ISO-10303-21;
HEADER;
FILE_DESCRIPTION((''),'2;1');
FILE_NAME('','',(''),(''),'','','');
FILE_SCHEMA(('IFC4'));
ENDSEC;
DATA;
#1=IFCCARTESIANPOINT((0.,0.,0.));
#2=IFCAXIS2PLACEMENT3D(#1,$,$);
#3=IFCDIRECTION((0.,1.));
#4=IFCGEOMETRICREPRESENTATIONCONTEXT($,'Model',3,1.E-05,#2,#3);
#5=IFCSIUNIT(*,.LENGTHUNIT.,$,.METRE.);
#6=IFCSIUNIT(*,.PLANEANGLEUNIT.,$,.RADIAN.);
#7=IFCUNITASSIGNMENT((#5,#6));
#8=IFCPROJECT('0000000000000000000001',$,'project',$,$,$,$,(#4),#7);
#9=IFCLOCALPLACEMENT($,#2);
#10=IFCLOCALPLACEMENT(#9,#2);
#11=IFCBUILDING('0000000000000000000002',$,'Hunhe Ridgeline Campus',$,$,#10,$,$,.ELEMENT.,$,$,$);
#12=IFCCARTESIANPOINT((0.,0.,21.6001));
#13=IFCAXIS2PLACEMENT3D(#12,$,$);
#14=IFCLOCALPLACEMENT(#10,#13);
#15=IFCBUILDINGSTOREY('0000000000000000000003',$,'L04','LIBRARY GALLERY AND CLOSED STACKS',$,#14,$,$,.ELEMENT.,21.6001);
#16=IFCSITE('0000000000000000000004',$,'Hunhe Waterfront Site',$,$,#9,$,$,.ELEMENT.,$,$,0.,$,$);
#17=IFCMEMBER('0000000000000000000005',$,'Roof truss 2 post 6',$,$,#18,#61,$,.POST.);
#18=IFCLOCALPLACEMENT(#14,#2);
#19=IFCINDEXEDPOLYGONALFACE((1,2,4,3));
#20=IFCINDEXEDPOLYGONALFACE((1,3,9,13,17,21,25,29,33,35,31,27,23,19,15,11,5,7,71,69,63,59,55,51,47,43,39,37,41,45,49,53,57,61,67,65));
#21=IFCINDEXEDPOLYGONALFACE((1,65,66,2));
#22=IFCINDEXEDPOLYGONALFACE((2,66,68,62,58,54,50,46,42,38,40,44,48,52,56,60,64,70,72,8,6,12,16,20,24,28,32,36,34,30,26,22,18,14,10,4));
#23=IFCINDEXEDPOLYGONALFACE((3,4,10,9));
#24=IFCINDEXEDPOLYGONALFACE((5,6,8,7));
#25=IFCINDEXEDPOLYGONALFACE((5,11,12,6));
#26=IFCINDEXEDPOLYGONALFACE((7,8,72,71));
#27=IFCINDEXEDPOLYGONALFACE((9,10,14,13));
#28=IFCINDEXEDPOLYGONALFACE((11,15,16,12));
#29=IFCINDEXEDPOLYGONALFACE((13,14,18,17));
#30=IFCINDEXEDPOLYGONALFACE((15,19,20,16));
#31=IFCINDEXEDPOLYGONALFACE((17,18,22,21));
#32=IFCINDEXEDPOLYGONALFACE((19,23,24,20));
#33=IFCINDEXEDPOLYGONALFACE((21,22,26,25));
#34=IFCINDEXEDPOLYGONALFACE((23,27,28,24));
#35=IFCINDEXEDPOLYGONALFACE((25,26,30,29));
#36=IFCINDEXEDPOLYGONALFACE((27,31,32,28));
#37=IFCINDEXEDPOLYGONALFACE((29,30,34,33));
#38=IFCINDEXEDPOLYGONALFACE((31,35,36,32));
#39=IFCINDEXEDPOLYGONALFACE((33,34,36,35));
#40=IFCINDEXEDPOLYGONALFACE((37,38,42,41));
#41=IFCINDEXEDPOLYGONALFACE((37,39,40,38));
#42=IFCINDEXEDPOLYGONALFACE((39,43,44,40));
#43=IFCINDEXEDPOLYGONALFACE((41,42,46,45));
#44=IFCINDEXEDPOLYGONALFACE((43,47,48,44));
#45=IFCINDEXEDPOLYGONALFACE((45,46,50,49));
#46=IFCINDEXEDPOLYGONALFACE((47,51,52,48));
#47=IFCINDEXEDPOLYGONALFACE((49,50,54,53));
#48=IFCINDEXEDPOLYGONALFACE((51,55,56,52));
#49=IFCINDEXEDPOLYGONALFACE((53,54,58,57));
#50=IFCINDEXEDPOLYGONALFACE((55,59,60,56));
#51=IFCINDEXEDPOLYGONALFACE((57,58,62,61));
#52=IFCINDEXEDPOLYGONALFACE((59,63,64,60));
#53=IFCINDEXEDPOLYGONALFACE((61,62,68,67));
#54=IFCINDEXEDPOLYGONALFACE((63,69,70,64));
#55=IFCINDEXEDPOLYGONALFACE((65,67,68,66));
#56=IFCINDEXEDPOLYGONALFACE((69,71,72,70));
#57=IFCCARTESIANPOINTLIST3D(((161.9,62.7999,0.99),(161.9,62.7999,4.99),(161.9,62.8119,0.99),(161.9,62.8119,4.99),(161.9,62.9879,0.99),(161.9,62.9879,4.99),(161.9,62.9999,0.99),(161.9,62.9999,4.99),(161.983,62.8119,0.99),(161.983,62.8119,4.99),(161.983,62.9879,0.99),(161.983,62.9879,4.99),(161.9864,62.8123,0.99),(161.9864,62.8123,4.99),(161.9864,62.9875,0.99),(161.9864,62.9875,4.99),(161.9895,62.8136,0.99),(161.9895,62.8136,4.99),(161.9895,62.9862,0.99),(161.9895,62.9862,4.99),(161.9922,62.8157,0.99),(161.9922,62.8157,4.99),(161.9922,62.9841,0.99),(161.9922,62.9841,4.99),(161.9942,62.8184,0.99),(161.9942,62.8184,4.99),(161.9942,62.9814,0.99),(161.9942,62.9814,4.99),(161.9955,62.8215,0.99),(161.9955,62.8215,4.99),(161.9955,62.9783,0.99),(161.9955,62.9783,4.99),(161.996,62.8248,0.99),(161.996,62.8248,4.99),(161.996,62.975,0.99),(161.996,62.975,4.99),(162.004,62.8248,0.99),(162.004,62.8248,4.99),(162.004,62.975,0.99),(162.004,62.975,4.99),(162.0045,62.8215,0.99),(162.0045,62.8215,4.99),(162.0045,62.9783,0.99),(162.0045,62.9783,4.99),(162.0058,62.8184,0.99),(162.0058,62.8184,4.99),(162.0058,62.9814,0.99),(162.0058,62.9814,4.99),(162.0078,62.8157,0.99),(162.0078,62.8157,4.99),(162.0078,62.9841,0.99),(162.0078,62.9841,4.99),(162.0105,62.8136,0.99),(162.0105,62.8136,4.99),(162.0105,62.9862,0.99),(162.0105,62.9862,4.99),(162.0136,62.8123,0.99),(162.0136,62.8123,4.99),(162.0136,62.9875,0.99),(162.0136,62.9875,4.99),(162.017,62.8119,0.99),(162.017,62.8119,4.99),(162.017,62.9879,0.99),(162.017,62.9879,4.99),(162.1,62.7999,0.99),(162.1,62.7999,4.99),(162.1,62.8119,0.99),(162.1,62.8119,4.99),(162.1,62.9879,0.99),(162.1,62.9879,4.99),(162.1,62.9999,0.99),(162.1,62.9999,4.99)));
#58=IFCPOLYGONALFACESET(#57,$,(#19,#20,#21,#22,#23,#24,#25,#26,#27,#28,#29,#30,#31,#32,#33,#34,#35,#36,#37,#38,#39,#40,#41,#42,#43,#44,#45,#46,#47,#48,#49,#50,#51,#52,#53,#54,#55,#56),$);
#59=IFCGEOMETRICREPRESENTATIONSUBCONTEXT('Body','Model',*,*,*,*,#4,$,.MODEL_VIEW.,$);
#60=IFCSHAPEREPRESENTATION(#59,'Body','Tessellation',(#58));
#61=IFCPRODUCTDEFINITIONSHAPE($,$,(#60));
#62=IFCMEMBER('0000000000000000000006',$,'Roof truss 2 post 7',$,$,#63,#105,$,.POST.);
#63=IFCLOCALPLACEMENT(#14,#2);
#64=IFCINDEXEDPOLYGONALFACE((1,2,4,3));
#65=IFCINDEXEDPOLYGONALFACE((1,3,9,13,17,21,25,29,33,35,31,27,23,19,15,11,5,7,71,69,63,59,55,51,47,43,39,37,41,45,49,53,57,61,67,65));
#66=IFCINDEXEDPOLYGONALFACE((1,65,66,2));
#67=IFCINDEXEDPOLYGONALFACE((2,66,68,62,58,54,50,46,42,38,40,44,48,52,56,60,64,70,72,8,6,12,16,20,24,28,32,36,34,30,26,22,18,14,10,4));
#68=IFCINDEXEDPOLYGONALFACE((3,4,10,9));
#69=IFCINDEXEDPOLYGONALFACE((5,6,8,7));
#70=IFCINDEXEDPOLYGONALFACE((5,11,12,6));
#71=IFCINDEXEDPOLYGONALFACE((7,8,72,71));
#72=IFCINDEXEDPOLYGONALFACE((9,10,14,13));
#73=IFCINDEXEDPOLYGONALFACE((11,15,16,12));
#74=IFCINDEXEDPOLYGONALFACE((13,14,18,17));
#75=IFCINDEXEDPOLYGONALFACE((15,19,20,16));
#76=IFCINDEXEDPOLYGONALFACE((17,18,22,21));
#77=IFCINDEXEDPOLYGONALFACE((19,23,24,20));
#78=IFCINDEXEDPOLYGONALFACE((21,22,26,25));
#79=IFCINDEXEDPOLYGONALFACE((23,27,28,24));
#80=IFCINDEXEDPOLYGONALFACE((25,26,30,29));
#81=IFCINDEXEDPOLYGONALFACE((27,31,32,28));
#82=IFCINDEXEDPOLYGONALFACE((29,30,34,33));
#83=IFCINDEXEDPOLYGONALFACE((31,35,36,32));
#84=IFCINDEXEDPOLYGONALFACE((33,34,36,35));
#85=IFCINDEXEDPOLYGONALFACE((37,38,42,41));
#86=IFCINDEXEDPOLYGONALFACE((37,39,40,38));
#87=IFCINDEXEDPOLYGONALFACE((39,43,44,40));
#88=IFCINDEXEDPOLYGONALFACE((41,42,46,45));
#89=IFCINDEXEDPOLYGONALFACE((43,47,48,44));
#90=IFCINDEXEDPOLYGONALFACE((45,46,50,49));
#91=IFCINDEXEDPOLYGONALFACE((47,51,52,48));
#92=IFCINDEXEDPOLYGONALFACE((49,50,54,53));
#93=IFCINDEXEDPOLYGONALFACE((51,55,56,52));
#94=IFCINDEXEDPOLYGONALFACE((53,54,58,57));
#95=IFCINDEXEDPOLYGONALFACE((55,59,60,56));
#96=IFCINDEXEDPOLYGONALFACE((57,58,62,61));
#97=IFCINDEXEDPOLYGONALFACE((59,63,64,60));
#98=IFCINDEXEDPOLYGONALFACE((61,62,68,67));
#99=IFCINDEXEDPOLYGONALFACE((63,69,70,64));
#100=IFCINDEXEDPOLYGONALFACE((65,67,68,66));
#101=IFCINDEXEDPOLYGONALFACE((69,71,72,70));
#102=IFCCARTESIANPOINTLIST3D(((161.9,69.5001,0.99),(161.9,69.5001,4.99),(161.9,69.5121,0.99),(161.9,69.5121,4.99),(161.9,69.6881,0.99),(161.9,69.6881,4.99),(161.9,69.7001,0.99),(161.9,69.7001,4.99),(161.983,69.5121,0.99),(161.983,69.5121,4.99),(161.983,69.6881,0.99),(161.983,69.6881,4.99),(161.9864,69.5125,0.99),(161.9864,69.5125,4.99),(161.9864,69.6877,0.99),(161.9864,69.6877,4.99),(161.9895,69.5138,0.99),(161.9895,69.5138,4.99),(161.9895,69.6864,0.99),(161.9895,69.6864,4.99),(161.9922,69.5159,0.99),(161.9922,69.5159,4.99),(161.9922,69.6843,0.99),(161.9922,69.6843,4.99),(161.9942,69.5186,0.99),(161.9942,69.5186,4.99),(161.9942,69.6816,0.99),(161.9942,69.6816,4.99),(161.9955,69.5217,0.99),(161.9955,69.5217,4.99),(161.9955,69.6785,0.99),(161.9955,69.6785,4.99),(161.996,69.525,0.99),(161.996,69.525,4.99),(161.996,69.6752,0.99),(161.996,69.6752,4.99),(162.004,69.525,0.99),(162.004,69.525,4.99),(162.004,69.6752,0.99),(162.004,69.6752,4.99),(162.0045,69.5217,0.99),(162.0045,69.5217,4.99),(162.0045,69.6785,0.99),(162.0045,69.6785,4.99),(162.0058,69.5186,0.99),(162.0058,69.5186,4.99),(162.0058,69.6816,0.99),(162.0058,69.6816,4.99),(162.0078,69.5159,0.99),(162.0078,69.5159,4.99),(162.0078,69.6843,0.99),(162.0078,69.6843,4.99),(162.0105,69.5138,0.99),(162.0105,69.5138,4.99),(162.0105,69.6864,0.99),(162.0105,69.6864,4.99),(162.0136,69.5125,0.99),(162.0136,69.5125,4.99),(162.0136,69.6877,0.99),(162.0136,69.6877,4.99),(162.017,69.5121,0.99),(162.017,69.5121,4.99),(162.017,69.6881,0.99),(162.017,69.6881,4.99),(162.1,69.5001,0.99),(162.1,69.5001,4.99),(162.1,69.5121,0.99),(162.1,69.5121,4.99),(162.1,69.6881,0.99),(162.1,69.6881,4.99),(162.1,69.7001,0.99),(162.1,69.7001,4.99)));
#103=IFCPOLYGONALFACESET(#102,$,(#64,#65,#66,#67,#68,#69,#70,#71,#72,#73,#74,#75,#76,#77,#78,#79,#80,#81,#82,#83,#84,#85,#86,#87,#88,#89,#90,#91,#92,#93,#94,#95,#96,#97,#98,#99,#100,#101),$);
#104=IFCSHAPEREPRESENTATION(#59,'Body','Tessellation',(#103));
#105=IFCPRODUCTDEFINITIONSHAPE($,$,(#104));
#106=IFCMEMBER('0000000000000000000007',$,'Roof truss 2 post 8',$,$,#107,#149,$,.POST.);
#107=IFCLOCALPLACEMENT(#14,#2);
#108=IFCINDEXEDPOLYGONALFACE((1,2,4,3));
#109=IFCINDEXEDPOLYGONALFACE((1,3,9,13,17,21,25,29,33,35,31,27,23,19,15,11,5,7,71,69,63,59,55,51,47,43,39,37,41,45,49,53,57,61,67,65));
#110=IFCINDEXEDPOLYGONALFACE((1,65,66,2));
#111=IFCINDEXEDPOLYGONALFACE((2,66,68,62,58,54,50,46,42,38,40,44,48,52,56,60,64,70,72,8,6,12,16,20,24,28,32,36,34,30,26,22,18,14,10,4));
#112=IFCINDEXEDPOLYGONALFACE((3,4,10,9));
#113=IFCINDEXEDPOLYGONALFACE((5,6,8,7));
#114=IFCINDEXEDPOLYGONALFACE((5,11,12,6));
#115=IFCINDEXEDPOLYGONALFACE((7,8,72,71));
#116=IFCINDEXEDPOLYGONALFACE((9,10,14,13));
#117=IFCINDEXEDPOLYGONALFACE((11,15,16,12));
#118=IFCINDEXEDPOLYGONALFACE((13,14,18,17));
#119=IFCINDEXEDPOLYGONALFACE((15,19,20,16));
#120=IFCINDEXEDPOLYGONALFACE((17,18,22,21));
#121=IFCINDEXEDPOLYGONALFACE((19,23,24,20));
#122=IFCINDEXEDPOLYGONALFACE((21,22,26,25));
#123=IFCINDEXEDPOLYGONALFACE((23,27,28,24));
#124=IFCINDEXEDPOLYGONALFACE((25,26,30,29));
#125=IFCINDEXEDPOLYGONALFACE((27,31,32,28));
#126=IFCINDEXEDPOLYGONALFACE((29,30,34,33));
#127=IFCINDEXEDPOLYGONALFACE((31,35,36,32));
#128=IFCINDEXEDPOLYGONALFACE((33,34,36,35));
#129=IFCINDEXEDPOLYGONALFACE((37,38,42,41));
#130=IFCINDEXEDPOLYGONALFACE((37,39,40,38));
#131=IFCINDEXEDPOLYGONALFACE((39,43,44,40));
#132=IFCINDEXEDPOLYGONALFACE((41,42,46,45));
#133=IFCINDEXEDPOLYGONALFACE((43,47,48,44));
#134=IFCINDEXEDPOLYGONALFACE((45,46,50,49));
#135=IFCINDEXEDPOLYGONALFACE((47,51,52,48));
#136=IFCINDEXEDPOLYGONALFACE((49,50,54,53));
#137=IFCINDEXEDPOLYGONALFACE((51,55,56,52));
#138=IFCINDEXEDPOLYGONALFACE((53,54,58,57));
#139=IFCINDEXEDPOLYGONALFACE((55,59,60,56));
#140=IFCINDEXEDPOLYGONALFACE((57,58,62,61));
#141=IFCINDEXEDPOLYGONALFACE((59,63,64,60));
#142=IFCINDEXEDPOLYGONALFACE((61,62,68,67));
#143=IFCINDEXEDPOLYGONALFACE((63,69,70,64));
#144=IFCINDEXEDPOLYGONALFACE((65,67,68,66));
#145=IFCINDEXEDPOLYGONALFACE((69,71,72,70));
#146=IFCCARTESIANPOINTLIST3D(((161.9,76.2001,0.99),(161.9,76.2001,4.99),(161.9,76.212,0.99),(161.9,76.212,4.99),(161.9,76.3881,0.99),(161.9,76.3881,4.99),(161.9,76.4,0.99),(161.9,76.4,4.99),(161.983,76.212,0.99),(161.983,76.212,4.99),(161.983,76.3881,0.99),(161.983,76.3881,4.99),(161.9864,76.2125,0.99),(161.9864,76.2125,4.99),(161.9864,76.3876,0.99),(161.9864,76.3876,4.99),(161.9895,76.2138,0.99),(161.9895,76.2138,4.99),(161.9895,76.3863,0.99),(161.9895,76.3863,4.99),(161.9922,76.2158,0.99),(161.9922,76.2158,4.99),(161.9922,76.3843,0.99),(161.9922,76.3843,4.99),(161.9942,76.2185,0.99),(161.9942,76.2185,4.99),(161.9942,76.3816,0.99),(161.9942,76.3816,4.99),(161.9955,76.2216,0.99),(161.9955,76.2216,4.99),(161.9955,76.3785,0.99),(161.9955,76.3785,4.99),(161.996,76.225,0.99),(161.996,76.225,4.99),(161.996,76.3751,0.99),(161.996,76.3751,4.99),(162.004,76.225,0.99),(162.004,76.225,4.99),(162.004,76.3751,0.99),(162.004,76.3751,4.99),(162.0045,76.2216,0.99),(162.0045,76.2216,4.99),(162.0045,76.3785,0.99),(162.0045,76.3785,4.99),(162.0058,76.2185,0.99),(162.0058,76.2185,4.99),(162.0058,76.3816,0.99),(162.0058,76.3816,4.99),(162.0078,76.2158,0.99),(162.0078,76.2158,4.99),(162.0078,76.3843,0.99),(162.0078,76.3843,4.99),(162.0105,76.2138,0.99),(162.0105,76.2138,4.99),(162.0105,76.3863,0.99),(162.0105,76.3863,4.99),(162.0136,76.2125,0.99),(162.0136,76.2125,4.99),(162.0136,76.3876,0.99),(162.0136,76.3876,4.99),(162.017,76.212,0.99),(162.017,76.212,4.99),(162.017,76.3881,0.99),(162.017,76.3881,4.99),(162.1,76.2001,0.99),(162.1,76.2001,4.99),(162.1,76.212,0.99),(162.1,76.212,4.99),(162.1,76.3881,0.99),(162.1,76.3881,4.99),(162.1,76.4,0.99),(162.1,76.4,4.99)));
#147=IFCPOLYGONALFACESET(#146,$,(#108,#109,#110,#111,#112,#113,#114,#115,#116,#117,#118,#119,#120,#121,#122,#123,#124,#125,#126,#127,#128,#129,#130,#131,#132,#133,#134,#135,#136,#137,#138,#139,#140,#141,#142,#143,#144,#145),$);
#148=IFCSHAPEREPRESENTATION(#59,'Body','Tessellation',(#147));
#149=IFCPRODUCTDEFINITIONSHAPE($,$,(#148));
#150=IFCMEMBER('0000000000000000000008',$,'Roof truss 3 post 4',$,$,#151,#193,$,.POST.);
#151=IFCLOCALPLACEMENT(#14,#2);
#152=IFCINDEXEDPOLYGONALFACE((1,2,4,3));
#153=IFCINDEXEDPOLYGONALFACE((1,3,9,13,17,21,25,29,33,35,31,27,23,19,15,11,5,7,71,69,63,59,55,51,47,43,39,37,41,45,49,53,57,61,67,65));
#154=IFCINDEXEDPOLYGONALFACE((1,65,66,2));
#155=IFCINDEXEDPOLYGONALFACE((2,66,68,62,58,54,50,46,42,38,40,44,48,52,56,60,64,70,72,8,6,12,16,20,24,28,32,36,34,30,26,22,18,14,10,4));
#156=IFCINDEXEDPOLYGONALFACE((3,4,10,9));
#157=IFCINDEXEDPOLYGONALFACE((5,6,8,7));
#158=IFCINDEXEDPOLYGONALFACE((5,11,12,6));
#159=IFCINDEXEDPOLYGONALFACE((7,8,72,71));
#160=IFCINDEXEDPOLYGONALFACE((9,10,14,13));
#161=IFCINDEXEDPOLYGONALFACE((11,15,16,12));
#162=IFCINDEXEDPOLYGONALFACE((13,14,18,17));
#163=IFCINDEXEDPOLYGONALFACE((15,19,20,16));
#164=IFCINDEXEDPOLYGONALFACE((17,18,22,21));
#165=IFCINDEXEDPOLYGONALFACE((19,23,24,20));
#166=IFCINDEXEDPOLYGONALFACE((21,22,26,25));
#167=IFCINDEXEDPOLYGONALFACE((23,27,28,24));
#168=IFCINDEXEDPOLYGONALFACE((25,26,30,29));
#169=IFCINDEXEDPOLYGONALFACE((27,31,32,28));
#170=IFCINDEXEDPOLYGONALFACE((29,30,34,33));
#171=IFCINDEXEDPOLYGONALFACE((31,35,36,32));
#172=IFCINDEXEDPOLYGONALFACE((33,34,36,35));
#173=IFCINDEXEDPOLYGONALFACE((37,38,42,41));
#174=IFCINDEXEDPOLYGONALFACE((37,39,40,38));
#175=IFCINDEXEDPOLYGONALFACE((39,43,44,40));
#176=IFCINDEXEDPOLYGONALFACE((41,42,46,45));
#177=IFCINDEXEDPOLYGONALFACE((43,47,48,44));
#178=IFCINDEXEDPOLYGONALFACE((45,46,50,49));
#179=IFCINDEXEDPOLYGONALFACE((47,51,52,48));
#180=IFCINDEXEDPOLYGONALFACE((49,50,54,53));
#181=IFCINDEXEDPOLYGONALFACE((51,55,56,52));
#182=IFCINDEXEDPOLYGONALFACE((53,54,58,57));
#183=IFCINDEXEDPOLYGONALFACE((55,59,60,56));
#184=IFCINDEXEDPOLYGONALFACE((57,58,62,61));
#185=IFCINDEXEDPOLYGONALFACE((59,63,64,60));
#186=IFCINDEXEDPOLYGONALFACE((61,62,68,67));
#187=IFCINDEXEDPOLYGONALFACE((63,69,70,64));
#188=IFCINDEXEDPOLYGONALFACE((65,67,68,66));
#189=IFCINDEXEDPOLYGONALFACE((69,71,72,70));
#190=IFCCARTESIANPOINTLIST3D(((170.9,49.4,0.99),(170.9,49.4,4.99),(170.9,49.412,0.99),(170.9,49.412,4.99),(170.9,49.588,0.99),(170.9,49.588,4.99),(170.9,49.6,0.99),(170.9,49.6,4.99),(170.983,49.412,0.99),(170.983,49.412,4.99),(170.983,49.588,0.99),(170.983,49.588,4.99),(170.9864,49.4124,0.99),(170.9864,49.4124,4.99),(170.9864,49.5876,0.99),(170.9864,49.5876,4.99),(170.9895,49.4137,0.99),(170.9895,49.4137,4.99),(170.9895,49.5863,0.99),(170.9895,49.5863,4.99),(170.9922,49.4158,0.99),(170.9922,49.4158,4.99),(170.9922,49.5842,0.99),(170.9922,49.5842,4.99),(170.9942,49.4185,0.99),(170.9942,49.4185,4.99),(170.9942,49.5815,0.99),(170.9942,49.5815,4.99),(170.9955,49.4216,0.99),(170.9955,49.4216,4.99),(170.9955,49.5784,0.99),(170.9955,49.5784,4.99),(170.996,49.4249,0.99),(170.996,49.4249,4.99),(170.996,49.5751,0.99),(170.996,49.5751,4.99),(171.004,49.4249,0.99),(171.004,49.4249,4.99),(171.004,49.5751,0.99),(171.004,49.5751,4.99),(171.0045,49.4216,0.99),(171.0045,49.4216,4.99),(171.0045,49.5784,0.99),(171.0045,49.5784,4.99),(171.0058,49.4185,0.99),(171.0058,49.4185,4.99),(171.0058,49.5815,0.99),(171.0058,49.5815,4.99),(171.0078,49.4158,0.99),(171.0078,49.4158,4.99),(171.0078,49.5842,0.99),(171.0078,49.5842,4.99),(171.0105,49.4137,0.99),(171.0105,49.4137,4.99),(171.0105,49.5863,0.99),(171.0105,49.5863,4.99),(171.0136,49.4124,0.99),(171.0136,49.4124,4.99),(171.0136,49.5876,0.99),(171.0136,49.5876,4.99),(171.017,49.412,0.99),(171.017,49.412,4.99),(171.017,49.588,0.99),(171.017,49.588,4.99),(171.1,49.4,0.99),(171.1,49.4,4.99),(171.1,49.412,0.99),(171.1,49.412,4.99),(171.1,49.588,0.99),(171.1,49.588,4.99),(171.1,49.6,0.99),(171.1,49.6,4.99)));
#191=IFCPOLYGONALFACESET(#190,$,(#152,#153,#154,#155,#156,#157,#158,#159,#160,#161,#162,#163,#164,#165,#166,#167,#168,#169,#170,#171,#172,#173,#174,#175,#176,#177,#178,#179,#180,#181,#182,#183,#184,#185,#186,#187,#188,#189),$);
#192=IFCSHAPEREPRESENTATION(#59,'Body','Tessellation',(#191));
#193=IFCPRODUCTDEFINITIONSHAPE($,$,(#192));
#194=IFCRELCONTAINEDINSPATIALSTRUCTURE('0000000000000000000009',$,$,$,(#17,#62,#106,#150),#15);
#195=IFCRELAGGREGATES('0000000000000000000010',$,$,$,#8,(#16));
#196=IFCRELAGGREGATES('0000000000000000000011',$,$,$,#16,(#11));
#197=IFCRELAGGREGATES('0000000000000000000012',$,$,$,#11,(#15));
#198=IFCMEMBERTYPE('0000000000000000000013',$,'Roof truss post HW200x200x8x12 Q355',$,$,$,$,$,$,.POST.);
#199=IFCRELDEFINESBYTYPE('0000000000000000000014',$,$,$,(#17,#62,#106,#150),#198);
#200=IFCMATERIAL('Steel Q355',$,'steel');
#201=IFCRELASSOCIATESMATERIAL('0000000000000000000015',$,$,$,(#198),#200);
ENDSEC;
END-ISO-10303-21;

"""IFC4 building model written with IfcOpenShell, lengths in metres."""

from ifc_helpers import new_model, si_unit, direction, frame, origin, origin_2d, place, context, subcontext, project, spatial, i_section, extrude, material, material_profile, profile_set, type_object, element, save


model = new_model("IFC4")

# Units and contexts
model_context = context("Model", 3, precision=1e-05, world=origin(), true_north=direction((0.0, 1.0)))
body_context = subcontext(model_context, "Body", "Model", "MODEL_VIEW")
ifc_project = project(units=[si_unit("LENGTHUNIT", "METRE"), si_unit("PLANEANGLEUNIT", "RADIAN")], contexts=[model_context])

# Site, building, storey
site_placement = place(None, origin())
site = spatial("IfcSite", under=ifc_project, at=site_placement, Name="Hunhe Waterfront Site", CompositionType="ELEMENT", RefElevation=0.0)
building_placement = place(site_placement, origin())
building = spatial("IfcBuilding", under=site, at=building_placement, Name="Hunhe Ridgeline Campus", CompositionType="ELEMENT")
storey_placement = place(building_placement, frame((0.0, 0.0, 21.6001)))
storey = spatial("IfcBuildingStorey", under=building, at=storey_placement, Name="L04", Description="LIBRARY GALLERY AND CLOSED STACKS", CompositionType="ELEMENT", Elevation=21.6001)

# Members
ifc_material_1 = material(Name="Steel Q355", Category="steel")
ifc_material_profile_1 = material_profile(ifc_material_1, i_section(OverallWidth=0.2, OverallDepth=0.2, WebThickness=0.0081, FlangeThickness=0.012, FilletRadius=0.0129, at=origin_2d()))
ifc_profile_set_1 = profile_set([ifc_material_profile_1], Name="Steel Q355")
member_type_1 = type_object("IfcMemberType", Name="Roof truss post HW200x200x8x12 Q355", PredefinedType="POST", material=ifc_profile_set_1)
for number, where, z_axis, x_axis, name in (
    (1, (162.0, 62.8999, 0.99), (0.0, 0.0, 1.0), (1.0, 0.0, 0.0), "Roof truss 2 post 6"),
    (2, (162.0, 69.6001, 0.99), (0.0, 0.0, 1.0), (1.0, 0.0, 0.0), "Roof truss 2 post 7"),
    (3, (162.0, 76.3, 0.99), (0.0, 0.0, 1.0), (1.0, 0.0, 0.0), "Roof truss 2 post 8"),
    (4, (171.0, 49.5, 0.99), (0.0, 0.0, 1.0), (1.0, 0.0, 0.0), "Roof truss 3 post 4"),
):
    element("IfcMember", number, at=place(storey_placement, frame(where, z_axis=z_axis, x_axis=x_axis)), inside=storey, type_object=member_type_1, Name=name, PredefinedType="POST", context=body_context, shape_type="SweptSolid", body=[
        extrude(i_section(OverallWidth=0.2, OverallDepth=0.2, WebThickness=0.0081, FlangeThickness=0.012, FilletRadius=0.0129, at=origin_2d()), origin(), (0.0, 0.0, 1.0), 4.0),
    ])

save(model, "model.ifc")
